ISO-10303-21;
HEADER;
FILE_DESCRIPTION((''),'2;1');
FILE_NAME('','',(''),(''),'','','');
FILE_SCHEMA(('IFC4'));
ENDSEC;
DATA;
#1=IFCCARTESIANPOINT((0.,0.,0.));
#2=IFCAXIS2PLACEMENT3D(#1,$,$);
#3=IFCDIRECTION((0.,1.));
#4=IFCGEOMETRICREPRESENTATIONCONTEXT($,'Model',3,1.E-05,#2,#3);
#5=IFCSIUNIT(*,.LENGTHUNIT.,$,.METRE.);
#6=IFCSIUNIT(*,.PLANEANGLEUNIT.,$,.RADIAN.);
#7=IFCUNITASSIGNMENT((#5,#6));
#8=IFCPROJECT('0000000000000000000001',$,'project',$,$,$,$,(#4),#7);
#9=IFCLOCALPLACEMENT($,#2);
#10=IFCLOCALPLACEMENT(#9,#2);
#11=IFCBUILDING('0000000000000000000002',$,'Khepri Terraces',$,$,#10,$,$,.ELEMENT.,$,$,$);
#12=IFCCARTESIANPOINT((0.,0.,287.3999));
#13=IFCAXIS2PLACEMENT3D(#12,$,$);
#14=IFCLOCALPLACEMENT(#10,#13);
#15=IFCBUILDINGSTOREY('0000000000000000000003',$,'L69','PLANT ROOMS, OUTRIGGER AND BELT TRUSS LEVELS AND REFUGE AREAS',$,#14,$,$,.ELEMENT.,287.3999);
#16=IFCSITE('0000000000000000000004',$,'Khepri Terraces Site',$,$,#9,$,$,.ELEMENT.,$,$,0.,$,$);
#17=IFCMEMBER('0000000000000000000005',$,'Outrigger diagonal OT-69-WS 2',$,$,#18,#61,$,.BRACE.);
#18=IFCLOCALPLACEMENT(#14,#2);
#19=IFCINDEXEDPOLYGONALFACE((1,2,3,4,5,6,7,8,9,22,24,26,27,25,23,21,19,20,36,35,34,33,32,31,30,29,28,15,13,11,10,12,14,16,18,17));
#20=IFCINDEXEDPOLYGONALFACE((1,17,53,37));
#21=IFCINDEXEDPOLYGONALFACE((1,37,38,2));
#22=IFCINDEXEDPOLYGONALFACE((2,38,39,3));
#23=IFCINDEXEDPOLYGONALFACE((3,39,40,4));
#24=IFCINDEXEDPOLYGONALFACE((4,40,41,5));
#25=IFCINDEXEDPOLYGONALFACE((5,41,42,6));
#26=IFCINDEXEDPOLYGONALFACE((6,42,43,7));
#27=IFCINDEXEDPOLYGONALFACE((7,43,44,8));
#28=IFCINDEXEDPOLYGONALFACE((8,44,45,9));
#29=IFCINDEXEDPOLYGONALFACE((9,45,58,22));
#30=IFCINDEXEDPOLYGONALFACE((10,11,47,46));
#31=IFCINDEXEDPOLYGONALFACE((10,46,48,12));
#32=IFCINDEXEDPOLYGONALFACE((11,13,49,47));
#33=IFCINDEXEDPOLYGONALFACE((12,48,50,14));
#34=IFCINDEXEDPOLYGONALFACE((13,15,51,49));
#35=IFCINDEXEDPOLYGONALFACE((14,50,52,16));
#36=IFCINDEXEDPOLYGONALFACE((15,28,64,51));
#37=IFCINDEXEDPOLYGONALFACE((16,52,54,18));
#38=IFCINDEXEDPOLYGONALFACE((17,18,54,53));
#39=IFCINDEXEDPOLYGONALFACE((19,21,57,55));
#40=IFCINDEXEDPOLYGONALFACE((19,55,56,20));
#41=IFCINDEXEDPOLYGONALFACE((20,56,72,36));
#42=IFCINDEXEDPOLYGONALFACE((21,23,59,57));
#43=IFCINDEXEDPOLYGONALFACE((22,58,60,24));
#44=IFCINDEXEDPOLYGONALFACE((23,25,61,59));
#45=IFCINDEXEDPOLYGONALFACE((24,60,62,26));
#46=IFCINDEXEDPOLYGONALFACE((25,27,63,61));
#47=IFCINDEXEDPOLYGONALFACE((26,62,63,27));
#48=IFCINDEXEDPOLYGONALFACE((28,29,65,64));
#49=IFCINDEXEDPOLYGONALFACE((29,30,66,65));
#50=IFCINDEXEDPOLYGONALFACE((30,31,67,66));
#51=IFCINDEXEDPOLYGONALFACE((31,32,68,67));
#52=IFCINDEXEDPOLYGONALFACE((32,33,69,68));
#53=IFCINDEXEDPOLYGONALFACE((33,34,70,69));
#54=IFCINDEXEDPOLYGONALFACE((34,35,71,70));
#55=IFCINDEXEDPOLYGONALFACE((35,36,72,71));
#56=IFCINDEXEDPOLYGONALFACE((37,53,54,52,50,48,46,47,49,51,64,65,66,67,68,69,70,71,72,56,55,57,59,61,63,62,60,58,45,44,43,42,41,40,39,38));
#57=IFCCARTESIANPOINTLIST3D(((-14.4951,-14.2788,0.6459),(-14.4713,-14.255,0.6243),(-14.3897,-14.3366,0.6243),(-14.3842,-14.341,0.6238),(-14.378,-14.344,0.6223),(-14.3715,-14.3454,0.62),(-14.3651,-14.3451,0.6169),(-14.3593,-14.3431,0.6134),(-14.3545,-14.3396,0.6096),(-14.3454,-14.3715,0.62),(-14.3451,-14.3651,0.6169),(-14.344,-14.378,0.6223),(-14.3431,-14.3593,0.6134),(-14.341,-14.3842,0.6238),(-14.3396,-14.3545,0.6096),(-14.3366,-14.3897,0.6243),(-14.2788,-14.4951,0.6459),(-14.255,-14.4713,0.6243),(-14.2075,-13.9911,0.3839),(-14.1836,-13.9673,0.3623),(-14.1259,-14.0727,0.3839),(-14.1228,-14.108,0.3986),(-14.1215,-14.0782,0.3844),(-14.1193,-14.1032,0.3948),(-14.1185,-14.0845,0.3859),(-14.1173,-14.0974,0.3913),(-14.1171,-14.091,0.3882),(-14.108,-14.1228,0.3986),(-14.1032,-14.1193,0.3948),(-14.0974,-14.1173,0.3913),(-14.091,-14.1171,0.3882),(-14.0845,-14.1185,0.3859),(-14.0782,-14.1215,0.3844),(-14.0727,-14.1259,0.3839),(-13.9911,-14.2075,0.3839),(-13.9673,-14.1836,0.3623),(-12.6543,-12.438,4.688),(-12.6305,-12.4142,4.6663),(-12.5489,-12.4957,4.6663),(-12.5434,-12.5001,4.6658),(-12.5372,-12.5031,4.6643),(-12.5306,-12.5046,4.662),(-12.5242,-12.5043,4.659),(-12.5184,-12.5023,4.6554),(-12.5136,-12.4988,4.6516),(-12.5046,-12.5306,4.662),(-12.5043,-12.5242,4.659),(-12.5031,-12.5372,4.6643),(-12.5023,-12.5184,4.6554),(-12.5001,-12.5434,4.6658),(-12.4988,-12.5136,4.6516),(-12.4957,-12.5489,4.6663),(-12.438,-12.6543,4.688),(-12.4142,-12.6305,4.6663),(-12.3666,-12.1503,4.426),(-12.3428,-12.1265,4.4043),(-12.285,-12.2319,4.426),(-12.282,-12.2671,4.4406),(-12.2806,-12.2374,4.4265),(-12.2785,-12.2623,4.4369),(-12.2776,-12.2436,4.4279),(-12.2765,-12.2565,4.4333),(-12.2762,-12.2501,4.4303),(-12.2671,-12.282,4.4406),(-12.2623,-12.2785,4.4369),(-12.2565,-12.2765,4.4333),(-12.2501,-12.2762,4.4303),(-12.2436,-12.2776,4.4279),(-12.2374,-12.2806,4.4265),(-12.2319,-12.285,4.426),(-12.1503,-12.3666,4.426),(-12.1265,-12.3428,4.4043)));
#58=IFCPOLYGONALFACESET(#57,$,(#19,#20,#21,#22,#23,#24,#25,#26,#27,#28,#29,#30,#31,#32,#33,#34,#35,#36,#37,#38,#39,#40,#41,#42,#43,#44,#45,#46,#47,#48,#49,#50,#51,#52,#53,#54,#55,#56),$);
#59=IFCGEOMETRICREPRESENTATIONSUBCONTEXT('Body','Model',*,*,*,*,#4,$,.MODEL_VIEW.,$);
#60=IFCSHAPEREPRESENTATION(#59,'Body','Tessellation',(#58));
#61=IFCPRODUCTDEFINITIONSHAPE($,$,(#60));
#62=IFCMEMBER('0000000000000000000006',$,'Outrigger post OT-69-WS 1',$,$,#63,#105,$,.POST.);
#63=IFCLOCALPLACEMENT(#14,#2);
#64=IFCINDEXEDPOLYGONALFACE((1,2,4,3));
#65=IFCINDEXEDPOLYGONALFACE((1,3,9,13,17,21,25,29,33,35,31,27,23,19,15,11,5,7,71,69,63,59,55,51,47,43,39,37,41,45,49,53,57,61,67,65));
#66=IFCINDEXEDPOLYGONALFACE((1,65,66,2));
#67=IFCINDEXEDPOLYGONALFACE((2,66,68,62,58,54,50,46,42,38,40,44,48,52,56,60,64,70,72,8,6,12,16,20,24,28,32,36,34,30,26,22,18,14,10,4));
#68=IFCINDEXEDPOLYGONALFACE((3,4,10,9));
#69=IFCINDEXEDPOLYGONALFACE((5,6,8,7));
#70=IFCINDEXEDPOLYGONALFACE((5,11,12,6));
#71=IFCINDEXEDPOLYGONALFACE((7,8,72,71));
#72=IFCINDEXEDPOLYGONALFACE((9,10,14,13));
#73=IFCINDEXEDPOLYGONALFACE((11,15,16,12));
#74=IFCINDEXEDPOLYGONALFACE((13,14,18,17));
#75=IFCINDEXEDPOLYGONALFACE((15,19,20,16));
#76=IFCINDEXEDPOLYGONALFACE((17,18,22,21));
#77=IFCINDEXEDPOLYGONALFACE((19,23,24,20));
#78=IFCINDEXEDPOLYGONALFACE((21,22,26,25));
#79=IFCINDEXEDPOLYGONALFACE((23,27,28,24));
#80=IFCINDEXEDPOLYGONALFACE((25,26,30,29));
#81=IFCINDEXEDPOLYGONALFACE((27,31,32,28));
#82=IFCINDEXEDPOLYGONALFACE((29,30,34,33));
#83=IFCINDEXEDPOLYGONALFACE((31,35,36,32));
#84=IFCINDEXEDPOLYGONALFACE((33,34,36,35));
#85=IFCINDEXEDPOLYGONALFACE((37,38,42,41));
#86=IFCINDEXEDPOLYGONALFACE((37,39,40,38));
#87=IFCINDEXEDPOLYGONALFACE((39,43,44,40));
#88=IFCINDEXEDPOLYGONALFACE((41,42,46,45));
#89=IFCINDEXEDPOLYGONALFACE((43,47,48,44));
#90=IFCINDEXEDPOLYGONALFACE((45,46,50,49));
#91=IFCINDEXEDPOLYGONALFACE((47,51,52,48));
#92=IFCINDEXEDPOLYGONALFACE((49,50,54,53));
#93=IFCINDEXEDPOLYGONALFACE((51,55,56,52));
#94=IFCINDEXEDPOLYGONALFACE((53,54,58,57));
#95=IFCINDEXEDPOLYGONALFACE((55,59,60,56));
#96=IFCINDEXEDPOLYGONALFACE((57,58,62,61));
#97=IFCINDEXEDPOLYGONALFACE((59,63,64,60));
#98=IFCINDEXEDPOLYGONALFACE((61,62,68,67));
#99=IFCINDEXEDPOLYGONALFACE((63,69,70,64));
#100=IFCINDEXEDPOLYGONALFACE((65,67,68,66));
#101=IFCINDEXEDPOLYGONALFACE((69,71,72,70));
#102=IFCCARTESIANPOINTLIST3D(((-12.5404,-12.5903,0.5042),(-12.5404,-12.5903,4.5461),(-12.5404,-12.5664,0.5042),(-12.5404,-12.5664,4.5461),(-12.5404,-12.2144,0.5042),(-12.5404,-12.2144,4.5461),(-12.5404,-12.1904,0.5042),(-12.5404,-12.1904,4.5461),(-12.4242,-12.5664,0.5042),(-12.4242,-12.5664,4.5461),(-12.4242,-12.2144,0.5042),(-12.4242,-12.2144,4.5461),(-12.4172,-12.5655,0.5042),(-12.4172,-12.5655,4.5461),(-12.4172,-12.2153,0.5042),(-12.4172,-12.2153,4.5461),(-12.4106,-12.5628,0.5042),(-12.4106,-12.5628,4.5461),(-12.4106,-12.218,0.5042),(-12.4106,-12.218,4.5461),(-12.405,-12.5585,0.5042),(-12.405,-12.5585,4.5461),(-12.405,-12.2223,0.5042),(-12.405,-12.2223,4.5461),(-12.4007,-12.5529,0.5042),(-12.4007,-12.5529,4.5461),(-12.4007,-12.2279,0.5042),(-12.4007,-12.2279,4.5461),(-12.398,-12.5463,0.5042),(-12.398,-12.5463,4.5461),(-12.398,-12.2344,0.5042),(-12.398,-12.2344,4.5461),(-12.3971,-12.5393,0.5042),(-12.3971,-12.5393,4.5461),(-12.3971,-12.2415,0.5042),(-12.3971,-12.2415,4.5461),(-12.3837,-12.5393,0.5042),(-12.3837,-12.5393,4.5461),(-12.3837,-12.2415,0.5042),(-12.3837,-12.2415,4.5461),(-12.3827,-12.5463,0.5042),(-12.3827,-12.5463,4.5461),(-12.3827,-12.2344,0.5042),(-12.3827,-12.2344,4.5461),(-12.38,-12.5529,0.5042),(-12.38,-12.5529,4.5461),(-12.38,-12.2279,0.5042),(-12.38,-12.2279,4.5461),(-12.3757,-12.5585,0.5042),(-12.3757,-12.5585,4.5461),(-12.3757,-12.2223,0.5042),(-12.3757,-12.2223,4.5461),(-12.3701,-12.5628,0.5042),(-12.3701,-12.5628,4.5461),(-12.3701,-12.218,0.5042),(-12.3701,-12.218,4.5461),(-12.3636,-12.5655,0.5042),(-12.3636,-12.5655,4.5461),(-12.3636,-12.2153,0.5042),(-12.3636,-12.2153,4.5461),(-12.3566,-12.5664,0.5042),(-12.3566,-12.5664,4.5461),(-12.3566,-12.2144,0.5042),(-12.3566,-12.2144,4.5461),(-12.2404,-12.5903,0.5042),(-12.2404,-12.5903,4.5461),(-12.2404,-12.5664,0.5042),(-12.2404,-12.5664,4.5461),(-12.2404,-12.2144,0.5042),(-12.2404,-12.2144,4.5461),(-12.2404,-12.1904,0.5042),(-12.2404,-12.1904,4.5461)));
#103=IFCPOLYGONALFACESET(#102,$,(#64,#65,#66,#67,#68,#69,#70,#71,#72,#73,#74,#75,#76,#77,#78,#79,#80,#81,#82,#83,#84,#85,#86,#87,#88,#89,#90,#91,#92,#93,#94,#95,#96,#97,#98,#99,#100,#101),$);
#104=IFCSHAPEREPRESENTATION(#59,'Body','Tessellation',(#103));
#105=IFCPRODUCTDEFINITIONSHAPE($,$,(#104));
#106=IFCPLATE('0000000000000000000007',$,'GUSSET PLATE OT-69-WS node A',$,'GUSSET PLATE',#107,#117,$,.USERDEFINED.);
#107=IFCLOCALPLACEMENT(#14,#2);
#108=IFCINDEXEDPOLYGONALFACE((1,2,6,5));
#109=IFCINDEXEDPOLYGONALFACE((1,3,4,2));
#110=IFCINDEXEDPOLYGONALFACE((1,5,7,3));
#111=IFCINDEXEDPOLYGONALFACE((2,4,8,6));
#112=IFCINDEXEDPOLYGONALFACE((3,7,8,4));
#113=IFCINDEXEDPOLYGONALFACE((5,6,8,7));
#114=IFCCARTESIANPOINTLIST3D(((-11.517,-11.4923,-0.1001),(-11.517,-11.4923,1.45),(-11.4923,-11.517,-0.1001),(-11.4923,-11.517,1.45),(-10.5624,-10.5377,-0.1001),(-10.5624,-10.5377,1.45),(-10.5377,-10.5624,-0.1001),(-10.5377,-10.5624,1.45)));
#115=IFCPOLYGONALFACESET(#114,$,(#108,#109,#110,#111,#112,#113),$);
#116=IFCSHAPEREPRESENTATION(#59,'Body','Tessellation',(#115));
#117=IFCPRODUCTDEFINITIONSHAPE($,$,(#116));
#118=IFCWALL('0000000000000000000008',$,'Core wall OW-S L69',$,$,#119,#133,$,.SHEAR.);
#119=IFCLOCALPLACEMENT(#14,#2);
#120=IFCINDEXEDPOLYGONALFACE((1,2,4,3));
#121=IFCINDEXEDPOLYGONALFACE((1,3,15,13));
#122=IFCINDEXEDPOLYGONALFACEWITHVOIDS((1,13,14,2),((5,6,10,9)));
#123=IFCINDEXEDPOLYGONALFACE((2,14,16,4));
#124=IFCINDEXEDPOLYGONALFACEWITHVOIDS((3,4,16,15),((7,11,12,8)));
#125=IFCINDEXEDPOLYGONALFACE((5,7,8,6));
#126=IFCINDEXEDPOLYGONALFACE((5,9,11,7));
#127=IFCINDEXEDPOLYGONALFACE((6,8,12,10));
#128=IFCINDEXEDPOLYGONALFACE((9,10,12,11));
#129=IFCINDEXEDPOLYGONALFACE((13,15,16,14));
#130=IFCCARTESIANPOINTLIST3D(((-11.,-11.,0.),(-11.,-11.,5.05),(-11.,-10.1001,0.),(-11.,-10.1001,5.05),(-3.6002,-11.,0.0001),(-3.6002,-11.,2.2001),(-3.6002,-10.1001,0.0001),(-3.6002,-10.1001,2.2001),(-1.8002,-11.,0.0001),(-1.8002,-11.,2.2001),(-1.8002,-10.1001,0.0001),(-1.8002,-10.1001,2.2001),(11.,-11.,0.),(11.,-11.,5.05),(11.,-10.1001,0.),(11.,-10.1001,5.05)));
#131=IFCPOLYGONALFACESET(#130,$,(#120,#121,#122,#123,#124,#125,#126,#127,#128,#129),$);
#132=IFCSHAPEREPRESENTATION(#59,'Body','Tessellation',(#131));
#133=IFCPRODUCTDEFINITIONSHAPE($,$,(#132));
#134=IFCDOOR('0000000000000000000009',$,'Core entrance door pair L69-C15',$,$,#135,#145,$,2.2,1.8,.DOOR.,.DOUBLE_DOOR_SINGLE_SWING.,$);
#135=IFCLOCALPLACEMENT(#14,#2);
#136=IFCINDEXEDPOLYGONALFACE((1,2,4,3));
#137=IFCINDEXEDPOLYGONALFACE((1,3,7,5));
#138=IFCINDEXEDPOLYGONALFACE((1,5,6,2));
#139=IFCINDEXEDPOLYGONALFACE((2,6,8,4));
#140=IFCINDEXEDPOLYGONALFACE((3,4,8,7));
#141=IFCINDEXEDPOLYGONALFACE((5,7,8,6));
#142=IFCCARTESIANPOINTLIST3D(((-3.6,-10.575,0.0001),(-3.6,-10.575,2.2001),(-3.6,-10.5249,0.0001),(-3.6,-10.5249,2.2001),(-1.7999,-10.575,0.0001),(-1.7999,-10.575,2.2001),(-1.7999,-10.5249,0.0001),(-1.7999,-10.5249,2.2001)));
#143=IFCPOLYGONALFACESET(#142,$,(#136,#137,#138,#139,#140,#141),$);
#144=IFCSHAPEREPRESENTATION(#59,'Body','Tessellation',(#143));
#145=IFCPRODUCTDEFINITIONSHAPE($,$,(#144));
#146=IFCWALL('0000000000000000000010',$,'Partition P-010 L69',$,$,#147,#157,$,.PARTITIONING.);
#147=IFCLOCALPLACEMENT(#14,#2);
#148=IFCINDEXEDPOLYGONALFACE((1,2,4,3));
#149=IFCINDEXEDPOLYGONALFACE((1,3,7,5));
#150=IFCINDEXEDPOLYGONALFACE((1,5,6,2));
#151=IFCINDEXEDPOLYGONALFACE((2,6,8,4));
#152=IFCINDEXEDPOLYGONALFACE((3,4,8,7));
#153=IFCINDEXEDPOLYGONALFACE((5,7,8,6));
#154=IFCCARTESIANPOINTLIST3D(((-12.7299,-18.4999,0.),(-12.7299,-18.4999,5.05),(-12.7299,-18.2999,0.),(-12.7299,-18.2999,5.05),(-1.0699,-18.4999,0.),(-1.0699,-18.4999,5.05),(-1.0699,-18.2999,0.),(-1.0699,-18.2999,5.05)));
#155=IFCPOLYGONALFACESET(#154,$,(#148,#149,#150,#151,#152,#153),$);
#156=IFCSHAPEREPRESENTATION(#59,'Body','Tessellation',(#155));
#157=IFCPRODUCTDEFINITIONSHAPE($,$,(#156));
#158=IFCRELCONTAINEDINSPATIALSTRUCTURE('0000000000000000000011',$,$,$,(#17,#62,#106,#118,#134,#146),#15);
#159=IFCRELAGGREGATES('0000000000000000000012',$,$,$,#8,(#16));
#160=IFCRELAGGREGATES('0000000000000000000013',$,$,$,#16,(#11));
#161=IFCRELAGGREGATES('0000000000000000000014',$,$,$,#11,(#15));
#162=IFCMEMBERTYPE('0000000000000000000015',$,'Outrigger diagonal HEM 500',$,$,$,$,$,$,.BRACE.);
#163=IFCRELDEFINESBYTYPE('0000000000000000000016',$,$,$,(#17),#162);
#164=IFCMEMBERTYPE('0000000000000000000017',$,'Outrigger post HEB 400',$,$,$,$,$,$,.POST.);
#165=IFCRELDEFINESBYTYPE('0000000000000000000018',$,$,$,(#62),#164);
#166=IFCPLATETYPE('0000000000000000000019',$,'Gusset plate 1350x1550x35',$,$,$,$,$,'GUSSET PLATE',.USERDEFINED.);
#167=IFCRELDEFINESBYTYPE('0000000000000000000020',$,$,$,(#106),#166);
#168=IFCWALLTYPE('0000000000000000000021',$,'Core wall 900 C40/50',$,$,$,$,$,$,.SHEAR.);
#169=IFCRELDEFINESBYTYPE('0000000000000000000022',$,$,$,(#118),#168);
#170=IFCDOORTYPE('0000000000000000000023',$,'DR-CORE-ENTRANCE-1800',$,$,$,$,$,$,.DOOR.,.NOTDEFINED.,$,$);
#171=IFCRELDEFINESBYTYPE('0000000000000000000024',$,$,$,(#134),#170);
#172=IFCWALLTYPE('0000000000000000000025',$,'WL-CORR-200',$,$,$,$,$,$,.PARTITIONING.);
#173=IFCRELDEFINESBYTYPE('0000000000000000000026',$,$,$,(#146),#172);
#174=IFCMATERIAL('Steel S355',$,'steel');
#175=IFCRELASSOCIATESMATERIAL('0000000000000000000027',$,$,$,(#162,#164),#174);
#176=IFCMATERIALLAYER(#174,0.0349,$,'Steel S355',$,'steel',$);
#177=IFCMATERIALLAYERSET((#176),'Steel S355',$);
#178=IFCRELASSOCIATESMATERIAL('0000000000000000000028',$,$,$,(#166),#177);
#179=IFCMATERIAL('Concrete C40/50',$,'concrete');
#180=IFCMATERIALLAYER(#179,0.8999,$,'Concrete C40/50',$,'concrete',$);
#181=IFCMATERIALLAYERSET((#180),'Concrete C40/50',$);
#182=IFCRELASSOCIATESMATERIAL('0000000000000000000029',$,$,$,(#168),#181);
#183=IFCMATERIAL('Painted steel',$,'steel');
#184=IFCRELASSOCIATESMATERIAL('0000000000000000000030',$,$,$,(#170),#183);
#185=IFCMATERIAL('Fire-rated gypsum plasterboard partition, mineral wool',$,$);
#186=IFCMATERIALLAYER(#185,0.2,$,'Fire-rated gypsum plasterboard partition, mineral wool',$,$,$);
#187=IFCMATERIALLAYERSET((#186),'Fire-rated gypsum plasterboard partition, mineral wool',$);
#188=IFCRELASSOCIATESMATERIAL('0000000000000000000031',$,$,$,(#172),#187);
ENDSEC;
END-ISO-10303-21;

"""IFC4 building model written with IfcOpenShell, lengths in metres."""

from ifc_helpers import new_model, si_unit, direction, frame, frame_2d, origin, origin_2d, place, context, subcontext, project, spatial, rectangle, i_section, extrude, material, layer, layer_set, material_profile, profile_set, type_object, element, fill, save


model = new_model("IFC4")

# Units and contexts
model_context = context("Model", 3, precision=1e-05, world=origin(), true_north=direction((0.0, 1.0)))
body_context = subcontext(model_context, "Body", "Model", "MODEL_VIEW")
ifc_project = project(units=[si_unit("LENGTHUNIT", "METRE"), si_unit("PLANEANGLEUNIT", "RADIAN")], contexts=[model_context])

# Site, building, storey
site_placement = place(None, origin())
site = spatial("IfcSite", under=ifc_project, at=site_placement, Name="Khepri Terraces Site", CompositionType="ELEMENT", RefElevation=0.0)
building_placement = place(site_placement, origin())
building = spatial("IfcBuilding", under=site, at=building_placement, Name="Khepri Terraces", CompositionType="ELEMENT")
storey_placement = place(building_placement, frame((0.0, 0.0, 287.3999)))
storey = spatial("IfcBuildingStorey", under=building, at=storey_placement, Name="L69", Description="PLANT ROOMS, OUTRIGGER AND BELT TRUSS LEVELS AND REFUGE AREAS", CompositionType="ELEMENT", Elevation=287.3999)

# Members
ifc_material_1 = material(Name="Steel S355", Category="steel")
ifc_material_profile_1 = material_profile(ifc_material_1, i_section(OverallWidth=0.3059, OverallDepth=0.5239, WebThickness=0.021, FlangeThickness=0.04, FilletRadius=0.0271, at=origin_2d()), Name="Steel S355", Category="steel")
ifc_profile_set_1 = profile_set([ifc_material_profile_1], Name="Steel S355")
member_type_1 = type_object("IfcMemberType", Name="Outrigger diagonal HEM 500", PredefinedType="BRACE", material=ifc_profile_set_1)
member_1_placement = place(storey_placement, frame((-12.3904, -12.3904, 4.5461), z_axis=(-0.382882, -0.382882, -0.840716), x_axis=(0.707107, -0.707107, 0.0)))
element("IfcMember", 1, at=member_1_placement, inside=storey, type_object=member_type_1, Name="Outrigger diagonal OT-69-WS 2", PredefinedType="BRACE", context=body_context, shape_type="SweptSolid", body=[
    extrude(i_section(OverallWidth=0.3059, OverallDepth=0.5239, WebThickness=0.021, FlangeThickness=0.04, FilletRadius=0.0271, at=origin_2d()), origin(), (0.0, 0.0, 1.0), 4.8079),
])
ifc_material_profile_2 = material_profile(ifc_material_1, i_section(OverallWidth=0.3, OverallDepth=0.3999, WebThickness=0.0134, FlangeThickness=0.0239, FilletRadius=0.0271, at=origin_2d()), Name="Steel S355", Category="steel")
ifc_profile_set_2 = profile_set([ifc_material_profile_2], Name="Steel S355")
member_type_2 = type_object("IfcMemberType", Name="Outrigger post HEB 400", PredefinedType="POST", material=ifc_profile_set_2)
member_2_placement = place(storey_placement, frame((-12.3904, -12.3904, 0.5042), z_axis=(0.0, 0.0, 1.0), x_axis=(1.0, 0.0, 0.0)))
element("IfcMember", 2, at=member_2_placement, inside=storey, type_object=member_type_2, Name="Outrigger post OT-69-WS 1", PredefinedType="POST", context=body_context, shape_type="SweptSolid", body=[
    extrude(i_section(OverallWidth=0.3, OverallDepth=0.3999, WebThickness=0.0134, FlangeThickness=0.0239, FilletRadius=0.0271, at=origin_2d()), origin(), (0.0, 0.0, 1.0), 4.042),
])

# Plate
ifc_layer_1 = layer(ifc_material_1, 0.0349, Name="Steel S355", Category="steel")
ifc_layer_set_1 = layer_set([ifc_layer_1], Name="Steel S355")
plate_type = type_object("IfcPlateType", Name="Gusset plate 1350x1550x35", ElementType="GUSSET PLATE", PredefinedType="USERDEFINED", material=ifc_layer_set_1)
plate_placement = place(storey_placement, frame((-11.0273, -11.0273, -0.1001), z_axis=(0.0, 0.0, 1.0), x_axis=(-0.707107, -0.707107, 0.0)))
element("IfcPlate", 3, at=plate_placement, inside=storey, type_object=plate_type, Name="GUSSET PLATE OT-69-WS node A", ObjectType="GUSSET PLATE", PredefinedType="USERDEFINED", context=body_context, shape_type="SweptSolid", body=[
    extrude(rectangle(XDim=1.3501, YDim=0.0349, at=origin_2d()), origin(), (0.0, 0.0, 1.0), 1.55),
])

# Wall, opening, door
ifc_material_2 = material(Name="Concrete C40/50", Category="concrete")
ifc_layer_2 = layer(ifc_material_2, 0.8999, Name="Concrete C40/50", Category="concrete")
ifc_layer_set_2 = layer_set([ifc_layer_2], Name="Concrete C40/50")
wall_type_1 = type_object("IfcWallType", Name="Core wall 900 C40/50", PredefinedType="SHEAR", material=ifc_layer_set_2)
wall_1_placement = place(storey_placement, frame((-11.0, -10.55, 0.0), z_axis=(0.0, 0.0, 1.0), x_axis=(1.0, 0.0, 0.0)))
wall_1 = element("IfcWall", 4, at=wall_1_placement, inside=storey, type_object=wall_type_1, Name="Core wall OW-S L69", PredefinedType="SHEAR", context=body_context, shape_type="SweptSolid", body=[
    extrude(rectangle(XDim=22.0, YDim=0.8999, at=frame_2d((11.0, 0.0))), origin(), (0.0, 0.0, 1.0), 5.05),
])
opening_1_placement = place(wall_1_placement, frame((7.3999, 0.0, 0.0)))
opening_1 = element("IfcOpeningElement", 5, at=opening_1_placement, cuts=wall_1, PredefinedType="OPENING", context=body_context, shape_type="SweptSolid", body=[
    extrude(rectangle(XDim=1.8, YDim=2.2, at=frame_2d((0.8999, 1.1001))), frame((0.0, 0.46, 0.0), z_axis=(0.0, -1.0, 0.0), x_axis=(1.0, 0.0, 0.0)), (0.0, 0.0, 1.0), 0.9199),
])
ifc_material_3 = material(Name="Painted steel", Category="steel")
door_type_1 = type_object("IfcDoorType", Name="DR-CORE-ENTRANCE-1800", OperationType="NOTDEFINED", PredefinedType="DOOR", material=ifc_material_3)
door_1_placement = place(opening_1_placement, frame((1.8, 0.0, 0.0), z_axis=(0.0, 0.0, 1.0), x_axis=(-1.0, 0.0, 0.0)))
door_1 = element("IfcDoor", 6, at=door_1_placement, inside=storey, type_object=door_type_1, Name="Core entrance door pair L69-C15", OperationType="DOUBLE_DOOR_SINGLE_SWING", OverallHeight=2.2, OverallWidth=1.8, PredefinedType="DOOR", context=body_context, shape_type="SweptSolid", body=[
    extrude(rectangle(XDim=1.8, YDim=2.2, at=frame_2d((0.8999, 1.1001))), frame((0.0, 0.0249, 0.0), z_axis=(0.0, -1.0, 0.0), x_axis=(1.0, 0.0, 0.0)), (0.0, 0.0, 1.0), 0.05),
])
fill(opening_1, door_1)

# Wall
ifc_material_4 = material(Name="Fire-rated gypsum plasterboard partition, mineral wool")
ifc_layer_3 = layer(ifc_material_4, 0.2, Name="Fire-rated gypsum plasterboard partition, mineral wool")
ifc_layer_set_3 = layer_set([ifc_layer_3], Name="Fire-rated gypsum plasterboard partition, mineral wool")
wall_type_2 = type_object("IfcWallType", Name="WL-CORR-200", PredefinedType="PARTITIONING", material=ifc_layer_set_3)
wall_2_placement = place(storey_placement, frame((-12.73, -18.3999, 0.0), z_axis=(0.0, 0.0, 1.0), x_axis=(1.0, 0.0, 0.0)))
element("IfcWall", 7, at=wall_2_placement, inside=storey, type_object=wall_type_2, Name="Partition P-010 L69", PredefinedType="PARTITIONING", context=body_context, shape_type="SweptSolid", body=[
    extrude(rectangle(XDim=11.6599, YDim=0.2, at=frame_2d((5.8301, 0.0))), origin(), (0.0, 0.0, 1.0), 5.05),
])

save(model, "model.ifc")
